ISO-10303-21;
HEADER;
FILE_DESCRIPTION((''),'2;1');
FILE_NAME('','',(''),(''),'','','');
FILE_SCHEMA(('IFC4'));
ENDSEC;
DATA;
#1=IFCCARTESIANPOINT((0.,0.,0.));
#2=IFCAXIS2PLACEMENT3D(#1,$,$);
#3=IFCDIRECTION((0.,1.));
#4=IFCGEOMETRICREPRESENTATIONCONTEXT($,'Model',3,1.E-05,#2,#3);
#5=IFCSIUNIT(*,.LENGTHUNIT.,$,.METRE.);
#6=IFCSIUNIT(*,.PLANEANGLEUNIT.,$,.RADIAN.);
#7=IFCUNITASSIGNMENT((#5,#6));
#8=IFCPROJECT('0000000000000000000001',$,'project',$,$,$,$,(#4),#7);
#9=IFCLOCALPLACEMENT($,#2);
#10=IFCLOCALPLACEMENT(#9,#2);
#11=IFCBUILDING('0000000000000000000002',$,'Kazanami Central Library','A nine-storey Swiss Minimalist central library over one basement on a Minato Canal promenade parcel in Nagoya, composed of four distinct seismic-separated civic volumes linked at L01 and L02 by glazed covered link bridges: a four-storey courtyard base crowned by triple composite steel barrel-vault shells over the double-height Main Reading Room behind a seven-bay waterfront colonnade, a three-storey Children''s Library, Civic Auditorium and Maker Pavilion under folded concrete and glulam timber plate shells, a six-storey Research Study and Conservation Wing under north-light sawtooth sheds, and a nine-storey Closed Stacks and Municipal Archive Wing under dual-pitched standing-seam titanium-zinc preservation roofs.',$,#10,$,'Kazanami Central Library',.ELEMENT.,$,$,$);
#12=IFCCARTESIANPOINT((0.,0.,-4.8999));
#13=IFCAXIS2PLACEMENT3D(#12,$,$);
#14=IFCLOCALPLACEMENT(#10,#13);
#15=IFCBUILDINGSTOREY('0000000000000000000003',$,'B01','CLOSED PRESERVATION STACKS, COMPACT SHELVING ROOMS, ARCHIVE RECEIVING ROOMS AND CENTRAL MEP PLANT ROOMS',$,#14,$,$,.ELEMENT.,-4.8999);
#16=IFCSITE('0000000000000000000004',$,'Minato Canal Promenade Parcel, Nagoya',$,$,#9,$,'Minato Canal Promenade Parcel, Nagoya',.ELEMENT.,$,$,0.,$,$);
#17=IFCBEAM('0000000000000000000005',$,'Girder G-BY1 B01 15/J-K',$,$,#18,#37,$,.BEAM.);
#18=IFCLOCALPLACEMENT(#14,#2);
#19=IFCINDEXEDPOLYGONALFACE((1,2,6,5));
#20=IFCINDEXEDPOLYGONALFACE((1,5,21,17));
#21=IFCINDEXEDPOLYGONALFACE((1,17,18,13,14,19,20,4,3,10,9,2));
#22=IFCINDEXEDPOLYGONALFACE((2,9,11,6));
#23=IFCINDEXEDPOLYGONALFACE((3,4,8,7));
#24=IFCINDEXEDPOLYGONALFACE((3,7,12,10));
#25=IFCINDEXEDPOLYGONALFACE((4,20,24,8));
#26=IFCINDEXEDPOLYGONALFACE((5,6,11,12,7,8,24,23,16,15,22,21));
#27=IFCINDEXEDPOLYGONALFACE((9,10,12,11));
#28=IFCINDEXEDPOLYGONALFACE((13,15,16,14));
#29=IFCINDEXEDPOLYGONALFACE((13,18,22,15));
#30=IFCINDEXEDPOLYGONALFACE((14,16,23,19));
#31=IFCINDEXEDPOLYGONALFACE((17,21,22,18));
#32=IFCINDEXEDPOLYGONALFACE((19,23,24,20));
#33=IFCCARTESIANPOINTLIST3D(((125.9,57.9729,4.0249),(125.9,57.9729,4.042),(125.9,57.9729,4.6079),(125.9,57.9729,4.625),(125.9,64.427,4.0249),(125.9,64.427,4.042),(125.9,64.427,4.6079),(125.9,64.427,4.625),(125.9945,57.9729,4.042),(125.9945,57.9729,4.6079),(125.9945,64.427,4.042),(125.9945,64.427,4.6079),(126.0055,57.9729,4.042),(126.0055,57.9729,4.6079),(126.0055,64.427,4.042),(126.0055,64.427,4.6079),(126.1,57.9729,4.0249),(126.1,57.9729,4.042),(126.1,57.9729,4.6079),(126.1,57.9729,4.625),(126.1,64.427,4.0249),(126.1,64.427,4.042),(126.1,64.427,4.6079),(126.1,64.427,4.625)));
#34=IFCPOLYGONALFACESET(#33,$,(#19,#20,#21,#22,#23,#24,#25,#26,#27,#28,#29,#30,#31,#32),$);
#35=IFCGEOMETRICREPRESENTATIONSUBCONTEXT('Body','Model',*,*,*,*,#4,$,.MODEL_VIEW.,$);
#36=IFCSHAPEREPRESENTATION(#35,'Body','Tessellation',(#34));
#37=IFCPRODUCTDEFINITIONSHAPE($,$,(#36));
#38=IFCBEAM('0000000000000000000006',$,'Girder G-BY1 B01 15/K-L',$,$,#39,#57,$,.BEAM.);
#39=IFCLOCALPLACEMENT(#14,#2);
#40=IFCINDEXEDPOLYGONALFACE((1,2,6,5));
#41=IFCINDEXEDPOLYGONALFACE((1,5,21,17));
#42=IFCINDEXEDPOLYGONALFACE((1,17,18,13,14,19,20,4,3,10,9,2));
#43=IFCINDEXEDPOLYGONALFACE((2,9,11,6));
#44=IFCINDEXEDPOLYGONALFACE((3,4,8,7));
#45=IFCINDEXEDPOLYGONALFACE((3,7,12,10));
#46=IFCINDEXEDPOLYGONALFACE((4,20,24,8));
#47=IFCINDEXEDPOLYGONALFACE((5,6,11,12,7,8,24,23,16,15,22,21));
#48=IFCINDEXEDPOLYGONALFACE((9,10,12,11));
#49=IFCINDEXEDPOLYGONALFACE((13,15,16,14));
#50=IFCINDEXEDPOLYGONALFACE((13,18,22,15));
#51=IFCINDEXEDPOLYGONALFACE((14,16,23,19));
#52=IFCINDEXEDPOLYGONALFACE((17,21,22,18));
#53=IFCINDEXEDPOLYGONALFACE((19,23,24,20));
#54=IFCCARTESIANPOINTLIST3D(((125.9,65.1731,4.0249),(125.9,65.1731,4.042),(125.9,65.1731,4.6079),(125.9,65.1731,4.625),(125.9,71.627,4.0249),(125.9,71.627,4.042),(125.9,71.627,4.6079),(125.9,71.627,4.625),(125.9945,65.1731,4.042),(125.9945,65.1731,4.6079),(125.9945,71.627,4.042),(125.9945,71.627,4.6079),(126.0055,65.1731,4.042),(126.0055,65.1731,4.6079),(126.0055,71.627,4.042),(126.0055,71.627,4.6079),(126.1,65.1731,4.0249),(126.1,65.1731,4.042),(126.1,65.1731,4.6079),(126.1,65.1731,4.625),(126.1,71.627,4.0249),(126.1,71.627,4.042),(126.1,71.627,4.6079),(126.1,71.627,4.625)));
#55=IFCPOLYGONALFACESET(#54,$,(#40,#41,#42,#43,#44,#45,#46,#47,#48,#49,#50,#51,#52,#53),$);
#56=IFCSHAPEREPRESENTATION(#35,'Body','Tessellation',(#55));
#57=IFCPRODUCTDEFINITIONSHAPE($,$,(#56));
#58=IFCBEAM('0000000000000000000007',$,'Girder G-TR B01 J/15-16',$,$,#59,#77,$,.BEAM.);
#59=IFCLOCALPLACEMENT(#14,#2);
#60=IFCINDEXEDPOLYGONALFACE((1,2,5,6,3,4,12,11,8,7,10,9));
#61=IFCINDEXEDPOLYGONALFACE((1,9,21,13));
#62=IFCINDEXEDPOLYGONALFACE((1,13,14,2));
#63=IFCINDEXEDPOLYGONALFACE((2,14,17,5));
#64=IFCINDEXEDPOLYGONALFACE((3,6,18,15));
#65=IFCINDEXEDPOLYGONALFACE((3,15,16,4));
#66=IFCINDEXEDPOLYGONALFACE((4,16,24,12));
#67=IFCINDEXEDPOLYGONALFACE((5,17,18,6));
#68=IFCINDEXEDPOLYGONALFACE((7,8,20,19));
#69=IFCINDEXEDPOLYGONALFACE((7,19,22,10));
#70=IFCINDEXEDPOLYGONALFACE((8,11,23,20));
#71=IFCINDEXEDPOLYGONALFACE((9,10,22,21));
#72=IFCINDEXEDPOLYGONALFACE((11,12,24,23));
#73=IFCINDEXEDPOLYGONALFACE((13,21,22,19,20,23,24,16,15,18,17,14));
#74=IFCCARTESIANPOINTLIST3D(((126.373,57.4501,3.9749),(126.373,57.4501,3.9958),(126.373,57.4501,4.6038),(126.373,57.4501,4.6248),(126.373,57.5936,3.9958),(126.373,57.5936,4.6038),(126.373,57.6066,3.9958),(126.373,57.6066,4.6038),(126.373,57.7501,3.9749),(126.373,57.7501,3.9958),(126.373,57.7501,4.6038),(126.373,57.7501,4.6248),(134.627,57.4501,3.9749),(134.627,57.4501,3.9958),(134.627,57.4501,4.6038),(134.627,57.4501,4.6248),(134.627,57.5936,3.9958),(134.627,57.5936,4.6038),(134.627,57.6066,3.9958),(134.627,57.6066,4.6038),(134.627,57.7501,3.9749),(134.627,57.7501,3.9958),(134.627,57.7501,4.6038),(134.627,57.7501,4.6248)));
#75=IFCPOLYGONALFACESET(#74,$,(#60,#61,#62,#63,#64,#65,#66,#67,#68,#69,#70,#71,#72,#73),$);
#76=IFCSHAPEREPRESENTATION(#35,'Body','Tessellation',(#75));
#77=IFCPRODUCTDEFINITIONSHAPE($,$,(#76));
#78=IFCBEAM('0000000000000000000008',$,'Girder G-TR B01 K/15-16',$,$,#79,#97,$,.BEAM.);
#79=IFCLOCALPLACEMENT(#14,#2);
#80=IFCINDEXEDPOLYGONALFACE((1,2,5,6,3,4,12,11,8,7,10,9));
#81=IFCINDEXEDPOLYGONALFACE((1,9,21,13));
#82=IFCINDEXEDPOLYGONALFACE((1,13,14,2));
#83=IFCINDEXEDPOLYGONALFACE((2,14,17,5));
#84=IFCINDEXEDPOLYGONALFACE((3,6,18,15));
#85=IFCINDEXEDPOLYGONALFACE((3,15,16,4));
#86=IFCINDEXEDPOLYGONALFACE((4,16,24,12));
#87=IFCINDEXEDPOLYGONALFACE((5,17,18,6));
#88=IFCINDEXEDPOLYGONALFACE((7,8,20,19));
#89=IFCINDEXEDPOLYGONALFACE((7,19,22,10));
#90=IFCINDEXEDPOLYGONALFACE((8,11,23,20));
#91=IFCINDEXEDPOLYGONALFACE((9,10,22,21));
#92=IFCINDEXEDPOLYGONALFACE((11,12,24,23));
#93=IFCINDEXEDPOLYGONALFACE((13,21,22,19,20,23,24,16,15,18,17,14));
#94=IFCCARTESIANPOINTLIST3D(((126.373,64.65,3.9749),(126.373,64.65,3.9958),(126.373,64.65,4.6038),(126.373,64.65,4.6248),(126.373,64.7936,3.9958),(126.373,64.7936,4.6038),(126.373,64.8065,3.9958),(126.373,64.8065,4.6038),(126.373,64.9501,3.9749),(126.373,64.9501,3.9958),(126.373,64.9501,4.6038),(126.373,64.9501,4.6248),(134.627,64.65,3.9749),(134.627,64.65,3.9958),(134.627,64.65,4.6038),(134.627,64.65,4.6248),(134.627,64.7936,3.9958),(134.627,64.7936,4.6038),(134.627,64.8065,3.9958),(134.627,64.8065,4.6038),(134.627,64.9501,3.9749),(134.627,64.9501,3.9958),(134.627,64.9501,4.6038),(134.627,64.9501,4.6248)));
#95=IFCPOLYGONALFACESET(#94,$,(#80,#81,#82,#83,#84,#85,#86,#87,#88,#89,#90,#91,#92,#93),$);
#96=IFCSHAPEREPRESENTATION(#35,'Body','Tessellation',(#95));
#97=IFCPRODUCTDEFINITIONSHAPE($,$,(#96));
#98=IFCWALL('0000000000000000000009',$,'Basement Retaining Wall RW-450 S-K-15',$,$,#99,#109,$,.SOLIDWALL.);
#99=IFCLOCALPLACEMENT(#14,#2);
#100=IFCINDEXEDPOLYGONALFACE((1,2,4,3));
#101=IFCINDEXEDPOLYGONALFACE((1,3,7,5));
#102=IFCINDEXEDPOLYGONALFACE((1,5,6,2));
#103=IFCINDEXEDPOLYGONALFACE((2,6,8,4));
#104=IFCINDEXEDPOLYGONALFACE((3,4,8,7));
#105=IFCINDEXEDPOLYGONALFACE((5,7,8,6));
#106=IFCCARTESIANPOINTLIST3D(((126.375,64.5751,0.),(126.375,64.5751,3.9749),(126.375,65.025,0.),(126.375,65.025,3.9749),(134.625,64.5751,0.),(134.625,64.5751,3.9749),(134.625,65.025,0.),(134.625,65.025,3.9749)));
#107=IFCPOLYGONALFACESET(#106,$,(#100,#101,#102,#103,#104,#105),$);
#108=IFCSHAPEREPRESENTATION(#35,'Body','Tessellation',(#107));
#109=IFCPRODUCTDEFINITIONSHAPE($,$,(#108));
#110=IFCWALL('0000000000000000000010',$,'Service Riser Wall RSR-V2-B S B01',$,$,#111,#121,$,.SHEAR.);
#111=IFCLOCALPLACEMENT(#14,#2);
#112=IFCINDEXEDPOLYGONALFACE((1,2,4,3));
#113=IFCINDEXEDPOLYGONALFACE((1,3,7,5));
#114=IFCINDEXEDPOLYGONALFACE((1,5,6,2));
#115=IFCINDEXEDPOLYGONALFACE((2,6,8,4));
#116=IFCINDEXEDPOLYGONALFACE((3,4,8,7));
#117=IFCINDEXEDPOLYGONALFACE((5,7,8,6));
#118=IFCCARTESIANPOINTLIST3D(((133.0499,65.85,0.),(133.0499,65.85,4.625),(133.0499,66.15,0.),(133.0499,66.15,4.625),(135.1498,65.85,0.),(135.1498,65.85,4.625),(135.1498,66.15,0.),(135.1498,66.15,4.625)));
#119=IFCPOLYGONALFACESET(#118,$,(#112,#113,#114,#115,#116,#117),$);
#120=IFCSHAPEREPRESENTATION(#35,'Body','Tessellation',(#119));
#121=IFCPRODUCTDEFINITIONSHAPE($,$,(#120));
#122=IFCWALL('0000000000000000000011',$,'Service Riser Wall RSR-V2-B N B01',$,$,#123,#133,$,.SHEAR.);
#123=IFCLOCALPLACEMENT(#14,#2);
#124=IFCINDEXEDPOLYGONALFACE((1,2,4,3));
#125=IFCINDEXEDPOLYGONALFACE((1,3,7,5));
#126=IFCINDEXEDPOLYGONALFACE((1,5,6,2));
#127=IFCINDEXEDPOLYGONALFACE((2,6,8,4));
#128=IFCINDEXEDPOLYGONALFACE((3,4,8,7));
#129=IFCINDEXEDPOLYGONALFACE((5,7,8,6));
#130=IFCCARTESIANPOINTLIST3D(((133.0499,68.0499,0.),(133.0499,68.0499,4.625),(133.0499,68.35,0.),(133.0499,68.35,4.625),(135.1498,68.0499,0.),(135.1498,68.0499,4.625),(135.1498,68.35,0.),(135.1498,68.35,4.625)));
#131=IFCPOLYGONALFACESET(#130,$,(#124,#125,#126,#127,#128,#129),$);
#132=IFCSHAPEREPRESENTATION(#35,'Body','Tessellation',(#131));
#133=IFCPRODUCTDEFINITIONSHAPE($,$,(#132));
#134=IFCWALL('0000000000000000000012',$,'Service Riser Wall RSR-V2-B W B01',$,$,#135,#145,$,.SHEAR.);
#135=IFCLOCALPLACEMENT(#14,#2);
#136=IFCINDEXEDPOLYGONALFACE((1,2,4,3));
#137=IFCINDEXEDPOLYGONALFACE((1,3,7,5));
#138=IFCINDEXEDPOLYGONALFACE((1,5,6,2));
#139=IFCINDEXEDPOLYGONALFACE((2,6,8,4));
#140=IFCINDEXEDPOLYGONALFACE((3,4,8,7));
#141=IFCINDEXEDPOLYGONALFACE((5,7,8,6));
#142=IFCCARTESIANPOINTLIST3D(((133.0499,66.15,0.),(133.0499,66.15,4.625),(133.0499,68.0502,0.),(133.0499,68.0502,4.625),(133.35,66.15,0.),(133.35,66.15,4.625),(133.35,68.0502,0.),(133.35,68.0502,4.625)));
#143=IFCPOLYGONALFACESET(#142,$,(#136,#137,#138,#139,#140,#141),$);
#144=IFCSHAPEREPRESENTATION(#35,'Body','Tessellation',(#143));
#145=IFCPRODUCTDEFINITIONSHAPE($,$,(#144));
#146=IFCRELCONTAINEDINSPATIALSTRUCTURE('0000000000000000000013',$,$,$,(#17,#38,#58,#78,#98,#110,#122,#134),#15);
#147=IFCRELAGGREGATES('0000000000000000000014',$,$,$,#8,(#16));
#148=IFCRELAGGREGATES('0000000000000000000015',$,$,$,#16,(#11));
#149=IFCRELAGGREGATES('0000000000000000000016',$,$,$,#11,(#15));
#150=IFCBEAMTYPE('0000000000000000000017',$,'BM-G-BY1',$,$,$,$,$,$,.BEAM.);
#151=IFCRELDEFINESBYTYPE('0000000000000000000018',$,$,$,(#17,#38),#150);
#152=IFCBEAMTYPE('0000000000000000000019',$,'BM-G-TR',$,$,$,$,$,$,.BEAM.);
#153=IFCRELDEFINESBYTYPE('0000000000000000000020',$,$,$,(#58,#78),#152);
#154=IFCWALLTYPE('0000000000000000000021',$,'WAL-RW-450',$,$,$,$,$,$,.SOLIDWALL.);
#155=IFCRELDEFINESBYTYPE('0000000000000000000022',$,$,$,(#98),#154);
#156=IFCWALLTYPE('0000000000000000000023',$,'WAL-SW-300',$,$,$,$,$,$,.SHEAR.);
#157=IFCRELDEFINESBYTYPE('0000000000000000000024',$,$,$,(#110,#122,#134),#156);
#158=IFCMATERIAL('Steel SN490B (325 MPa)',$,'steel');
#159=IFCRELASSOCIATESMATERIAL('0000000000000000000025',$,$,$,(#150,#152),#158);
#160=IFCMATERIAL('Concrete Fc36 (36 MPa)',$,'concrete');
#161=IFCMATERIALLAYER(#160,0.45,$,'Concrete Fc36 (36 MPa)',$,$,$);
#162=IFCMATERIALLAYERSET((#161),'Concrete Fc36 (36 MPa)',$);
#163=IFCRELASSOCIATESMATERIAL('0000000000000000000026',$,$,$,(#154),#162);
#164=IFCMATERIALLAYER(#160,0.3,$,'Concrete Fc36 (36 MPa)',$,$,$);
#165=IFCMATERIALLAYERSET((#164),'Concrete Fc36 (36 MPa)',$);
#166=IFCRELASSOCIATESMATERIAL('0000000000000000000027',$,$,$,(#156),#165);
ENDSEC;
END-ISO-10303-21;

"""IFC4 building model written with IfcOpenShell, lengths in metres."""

from ifc_helpers import new_model, si_unit, direction, frame, frame_2d, origin, origin_2d, place, context, subcontext, project, spatial, rectangle, i_section, extrude, material, layer, layer_set, material_profile, profile_set, type_object, element, save


model = new_model("IFC4")

# Units and contexts
model_context = context("Model", 3, precision=1e-05, world=origin(), true_north=direction((0.0, 1.0)))
body_context = subcontext(model_context, "Body", "Model", "MODEL_VIEW")
ifc_project = project(units=[si_unit("LENGTHUNIT", "METRE"), si_unit("PLANEANGLEUNIT", "RADIAN")], contexts=[model_context])

# Site, building, storey
site_placement = place(None, origin())
site = spatial("IfcSite", under=ifc_project, at=site_placement, Name="Minato Canal Promenade Parcel, Nagoya", LongName="Minato Canal Promenade Parcel, Nagoya", CompositionType="ELEMENT", RefElevation=0.0)
building_placement = place(site_placement, origin())
building = spatial("IfcBuilding", under=site, at=building_placement, Name="Kazanami Central Library", Description="A nine-storey Swiss Minimalist central library over one basement on a Minato Canal promenade parcel in Nagoya, composed of four distinct seismic-separated civic volumes linked at L01 and L02 by glazed covered link bridges: a four-storey courtyard base crowned by triple composite steel barrel-vault shells over the double-height Main Reading Room behind a seven-bay waterfront colonnade, a three-storey Children's Library, Civic Auditorium and Maker Pavilion under folded concrete and glulam timber plate shells, a six-storey Research Study and Conservation Wing under north-light sawtooth sheds, and a nine-storey Closed Stacks and Municipal Archive Wing under dual-pitched standing-seam titanium-zinc preservation roofs.", LongName="Kazanami Central Library", CompositionType="ELEMENT")
storey_placement = place(building_placement, frame((0.0, 0.0, -4.8999)))
storey = spatial("IfcBuildingStorey", under=building, at=storey_placement, Name="B01", Description="CLOSED PRESERVATION STACKS, COMPACT SHELVING ROOMS, ARCHIVE RECEIVING ROOMS AND CENTRAL MEP PLANT ROOMS", CompositionType="ELEMENT", Elevation=-4.8999)

# Shared definitions
ifc_material_1 = material(Name="Concrete Fc36 (36 MPa)", Category="concrete")

# Beams
ifc_material_2 = material(Name="Steel SN490B (325 MPa)", Category="steel")
ifc_material_profile_1 = material_profile(ifc_material_2, i_section(OverallWidth=0.2, OverallDepth=0.6001, WebThickness=0.011, FlangeThickness=0.0171, at=origin_2d()), Name="H-600x200x11x17")
ifc_profile_set_1 = profile_set([ifc_material_profile_1], Name="Steel SN490B (325 MPa)")
beam_type_1 = type_object("IfcBeamType", Name="BM-G-BY1", PredefinedType="BEAM", material=ifc_profile_set_1)
beam_1_placement = place(storey_placement, frame((126.0, 57.9729, 4.325), z_axis=(0.0, 1.0, 0.0), x_axis=(-1.0, 0.0, 0.0)))
element("IfcBeam", 1, at=beam_1_placement, inside=storey, type_object=beam_type_1, Name="Girder G-BY1 B01 15/J-K", PredefinedType="BEAM", context=body_context, shape_type="SweptSolid", body=[
    extrude(i_section(OverallWidth=0.2, OverallDepth=0.6001, WebThickness=0.011, FlangeThickness=0.0171, at=origin_2d()), origin(), (0.0, 0.0, 1.0), 6.4541),
])
beam_2_placement = place(storey_placement, frame((126.0, 65.1731, 4.325), z_axis=(0.0, 1.0, 0.0), x_axis=(-1.0, 0.0, 0.0)))
element("IfcBeam", 2, at=beam_2_placement, inside=storey, type_object=beam_type_1, Name="Girder G-BY1 B01 15/K-L", PredefinedType="BEAM", context=body_context, shape_type="SweptSolid", body=[
    extrude(i_section(OverallWidth=0.2, OverallDepth=0.6001, WebThickness=0.011, FlangeThickness=0.0171, at=origin_2d()), origin(), (0.0, 0.0, 1.0), 6.4539),
])
ifc_material_profile_2 = material_profile(ifc_material_2, i_section(OverallWidth=0.3, OverallDepth=0.6499, WebThickness=0.0129, FlangeThickness=0.021, at=origin_2d()), Name="H-650x300x13x21")
ifc_profile_set_2 = profile_set([ifc_material_profile_2], Name="Steel SN490B (325 MPa)")
beam_type_2 = type_object("IfcBeamType", Name="BM-G-TR", PredefinedType="BEAM", material=ifc_profile_set_2)
for number, where, z_axis, x_axis, name in (
    (3, (126.373, 57.6001, 4.2998), (1.0, 0.0, 0.0), (0.0, 1.0, 0.0), "Girder G-TR B01 J/15-16"),
    (4, (126.373, 64.8, 4.2998), (1.0, 0.0, 0.0), (0.0, 1.0, 0.0), "Girder G-TR B01 K/15-16"),
):
    element("IfcBeam", number, at=place(storey_placement, frame(where, z_axis=z_axis, x_axis=x_axis)), inside=storey, type_object=beam_type_2, Name=name, PredefinedType="BEAM", context=body_context, shape_type="SweptSolid", body=[
        extrude(i_section(OverallWidth=0.3, OverallDepth=0.6499, WebThickness=0.0129, FlangeThickness=0.021, at=origin_2d()), origin(), (0.0, 0.0, 1.0), 8.2539),
    ])

# Walls
ifc_layer_1 = layer(ifc_material_1, 0.45, Name="Concrete Fc36 (36 MPa)")
ifc_layer_set_1 = layer_set([ifc_layer_1], Name="Concrete Fc36 (36 MPa)")
wall_type_1 = type_object("IfcWallType", Name="WAL-RW-450", PredefinedType="SOLIDWALL", material=ifc_layer_set_1)
wall_1_placement = place(storey_placement, frame((126.375, 64.8, 0.0), z_axis=(0.0, 0.0, 1.0), x_axis=(1.0, 0.0, 0.0)))
element("IfcWall", 5, at=wall_1_placement, inside=storey, type_object=wall_type_1, Name="Basement Retaining Wall RW-450 S-K-15", PredefinedType="SOLIDWALL", context=body_context, shape_type="SweptSolid", body=[
    extrude(rectangle(XDim=8.25, YDim=0.45, at=frame_2d((4.125, 0.0))), origin(), (0.0, 0.0, 1.0), 3.9749),
])
ifc_layer_2 = layer(ifc_material_1, 0.3, Name="Concrete Fc36 (36 MPa)")
ifc_layer_set_2 = layer_set([ifc_layer_2], Name="Concrete Fc36 (36 MPa)")
wall_type_2 = type_object("IfcWallType", Name="WAL-SW-300", PredefinedType="SHEAR", material=ifc_layer_set_2)
for number, where, z_axis, x_axis, name in (
    (6, (133.05, 66.0, 0.0), (0.0, 0.0, 1.0), (1.0, 0.0, 0.0), "Service Riser Wall RSR-V2-B S B01"),
    (7, (133.05, 68.2, 0.0), (0.0, 0.0, 1.0), (1.0, 0.0, 0.0), "Service Riser Wall RSR-V2-B N B01"),
):
    element("IfcWall", number, at=place(storey_placement, frame(where, z_axis=z_axis, x_axis=x_axis)), inside=storey, type_object=wall_type_2, Name=name, PredefinedType="SHEAR", context=body_context, shape_type="SweptSolid", body=[
        extrude(rectangle(XDim=2.0999, YDim=0.3, at=frame_2d((1.0498, 0.0))), origin(), (0.0, 0.0, 1.0), 4.625),
    ])
wall_2_placement = place(storey_placement, frame((133.2, 66.1499, 0.0), z_axis=(0.0, 0.0, 1.0), x_axis=(0.0, 1.0, 0.0)))
element("IfcWall", 8, at=wall_2_placement, inside=storey, type_object=wall_type_2, Name="Service Riser Wall RSR-V2-B W B01", PredefinedType="SHEAR", context=body_context, shape_type="SweptSolid", body=[
    extrude(rectangle(XDim=1.9001, YDim=0.3, at=frame_2d((0.9502, 0.0))), origin(), (0.0, 0.0, 1.0), 4.625),
])

save(model, "model.ifc")
